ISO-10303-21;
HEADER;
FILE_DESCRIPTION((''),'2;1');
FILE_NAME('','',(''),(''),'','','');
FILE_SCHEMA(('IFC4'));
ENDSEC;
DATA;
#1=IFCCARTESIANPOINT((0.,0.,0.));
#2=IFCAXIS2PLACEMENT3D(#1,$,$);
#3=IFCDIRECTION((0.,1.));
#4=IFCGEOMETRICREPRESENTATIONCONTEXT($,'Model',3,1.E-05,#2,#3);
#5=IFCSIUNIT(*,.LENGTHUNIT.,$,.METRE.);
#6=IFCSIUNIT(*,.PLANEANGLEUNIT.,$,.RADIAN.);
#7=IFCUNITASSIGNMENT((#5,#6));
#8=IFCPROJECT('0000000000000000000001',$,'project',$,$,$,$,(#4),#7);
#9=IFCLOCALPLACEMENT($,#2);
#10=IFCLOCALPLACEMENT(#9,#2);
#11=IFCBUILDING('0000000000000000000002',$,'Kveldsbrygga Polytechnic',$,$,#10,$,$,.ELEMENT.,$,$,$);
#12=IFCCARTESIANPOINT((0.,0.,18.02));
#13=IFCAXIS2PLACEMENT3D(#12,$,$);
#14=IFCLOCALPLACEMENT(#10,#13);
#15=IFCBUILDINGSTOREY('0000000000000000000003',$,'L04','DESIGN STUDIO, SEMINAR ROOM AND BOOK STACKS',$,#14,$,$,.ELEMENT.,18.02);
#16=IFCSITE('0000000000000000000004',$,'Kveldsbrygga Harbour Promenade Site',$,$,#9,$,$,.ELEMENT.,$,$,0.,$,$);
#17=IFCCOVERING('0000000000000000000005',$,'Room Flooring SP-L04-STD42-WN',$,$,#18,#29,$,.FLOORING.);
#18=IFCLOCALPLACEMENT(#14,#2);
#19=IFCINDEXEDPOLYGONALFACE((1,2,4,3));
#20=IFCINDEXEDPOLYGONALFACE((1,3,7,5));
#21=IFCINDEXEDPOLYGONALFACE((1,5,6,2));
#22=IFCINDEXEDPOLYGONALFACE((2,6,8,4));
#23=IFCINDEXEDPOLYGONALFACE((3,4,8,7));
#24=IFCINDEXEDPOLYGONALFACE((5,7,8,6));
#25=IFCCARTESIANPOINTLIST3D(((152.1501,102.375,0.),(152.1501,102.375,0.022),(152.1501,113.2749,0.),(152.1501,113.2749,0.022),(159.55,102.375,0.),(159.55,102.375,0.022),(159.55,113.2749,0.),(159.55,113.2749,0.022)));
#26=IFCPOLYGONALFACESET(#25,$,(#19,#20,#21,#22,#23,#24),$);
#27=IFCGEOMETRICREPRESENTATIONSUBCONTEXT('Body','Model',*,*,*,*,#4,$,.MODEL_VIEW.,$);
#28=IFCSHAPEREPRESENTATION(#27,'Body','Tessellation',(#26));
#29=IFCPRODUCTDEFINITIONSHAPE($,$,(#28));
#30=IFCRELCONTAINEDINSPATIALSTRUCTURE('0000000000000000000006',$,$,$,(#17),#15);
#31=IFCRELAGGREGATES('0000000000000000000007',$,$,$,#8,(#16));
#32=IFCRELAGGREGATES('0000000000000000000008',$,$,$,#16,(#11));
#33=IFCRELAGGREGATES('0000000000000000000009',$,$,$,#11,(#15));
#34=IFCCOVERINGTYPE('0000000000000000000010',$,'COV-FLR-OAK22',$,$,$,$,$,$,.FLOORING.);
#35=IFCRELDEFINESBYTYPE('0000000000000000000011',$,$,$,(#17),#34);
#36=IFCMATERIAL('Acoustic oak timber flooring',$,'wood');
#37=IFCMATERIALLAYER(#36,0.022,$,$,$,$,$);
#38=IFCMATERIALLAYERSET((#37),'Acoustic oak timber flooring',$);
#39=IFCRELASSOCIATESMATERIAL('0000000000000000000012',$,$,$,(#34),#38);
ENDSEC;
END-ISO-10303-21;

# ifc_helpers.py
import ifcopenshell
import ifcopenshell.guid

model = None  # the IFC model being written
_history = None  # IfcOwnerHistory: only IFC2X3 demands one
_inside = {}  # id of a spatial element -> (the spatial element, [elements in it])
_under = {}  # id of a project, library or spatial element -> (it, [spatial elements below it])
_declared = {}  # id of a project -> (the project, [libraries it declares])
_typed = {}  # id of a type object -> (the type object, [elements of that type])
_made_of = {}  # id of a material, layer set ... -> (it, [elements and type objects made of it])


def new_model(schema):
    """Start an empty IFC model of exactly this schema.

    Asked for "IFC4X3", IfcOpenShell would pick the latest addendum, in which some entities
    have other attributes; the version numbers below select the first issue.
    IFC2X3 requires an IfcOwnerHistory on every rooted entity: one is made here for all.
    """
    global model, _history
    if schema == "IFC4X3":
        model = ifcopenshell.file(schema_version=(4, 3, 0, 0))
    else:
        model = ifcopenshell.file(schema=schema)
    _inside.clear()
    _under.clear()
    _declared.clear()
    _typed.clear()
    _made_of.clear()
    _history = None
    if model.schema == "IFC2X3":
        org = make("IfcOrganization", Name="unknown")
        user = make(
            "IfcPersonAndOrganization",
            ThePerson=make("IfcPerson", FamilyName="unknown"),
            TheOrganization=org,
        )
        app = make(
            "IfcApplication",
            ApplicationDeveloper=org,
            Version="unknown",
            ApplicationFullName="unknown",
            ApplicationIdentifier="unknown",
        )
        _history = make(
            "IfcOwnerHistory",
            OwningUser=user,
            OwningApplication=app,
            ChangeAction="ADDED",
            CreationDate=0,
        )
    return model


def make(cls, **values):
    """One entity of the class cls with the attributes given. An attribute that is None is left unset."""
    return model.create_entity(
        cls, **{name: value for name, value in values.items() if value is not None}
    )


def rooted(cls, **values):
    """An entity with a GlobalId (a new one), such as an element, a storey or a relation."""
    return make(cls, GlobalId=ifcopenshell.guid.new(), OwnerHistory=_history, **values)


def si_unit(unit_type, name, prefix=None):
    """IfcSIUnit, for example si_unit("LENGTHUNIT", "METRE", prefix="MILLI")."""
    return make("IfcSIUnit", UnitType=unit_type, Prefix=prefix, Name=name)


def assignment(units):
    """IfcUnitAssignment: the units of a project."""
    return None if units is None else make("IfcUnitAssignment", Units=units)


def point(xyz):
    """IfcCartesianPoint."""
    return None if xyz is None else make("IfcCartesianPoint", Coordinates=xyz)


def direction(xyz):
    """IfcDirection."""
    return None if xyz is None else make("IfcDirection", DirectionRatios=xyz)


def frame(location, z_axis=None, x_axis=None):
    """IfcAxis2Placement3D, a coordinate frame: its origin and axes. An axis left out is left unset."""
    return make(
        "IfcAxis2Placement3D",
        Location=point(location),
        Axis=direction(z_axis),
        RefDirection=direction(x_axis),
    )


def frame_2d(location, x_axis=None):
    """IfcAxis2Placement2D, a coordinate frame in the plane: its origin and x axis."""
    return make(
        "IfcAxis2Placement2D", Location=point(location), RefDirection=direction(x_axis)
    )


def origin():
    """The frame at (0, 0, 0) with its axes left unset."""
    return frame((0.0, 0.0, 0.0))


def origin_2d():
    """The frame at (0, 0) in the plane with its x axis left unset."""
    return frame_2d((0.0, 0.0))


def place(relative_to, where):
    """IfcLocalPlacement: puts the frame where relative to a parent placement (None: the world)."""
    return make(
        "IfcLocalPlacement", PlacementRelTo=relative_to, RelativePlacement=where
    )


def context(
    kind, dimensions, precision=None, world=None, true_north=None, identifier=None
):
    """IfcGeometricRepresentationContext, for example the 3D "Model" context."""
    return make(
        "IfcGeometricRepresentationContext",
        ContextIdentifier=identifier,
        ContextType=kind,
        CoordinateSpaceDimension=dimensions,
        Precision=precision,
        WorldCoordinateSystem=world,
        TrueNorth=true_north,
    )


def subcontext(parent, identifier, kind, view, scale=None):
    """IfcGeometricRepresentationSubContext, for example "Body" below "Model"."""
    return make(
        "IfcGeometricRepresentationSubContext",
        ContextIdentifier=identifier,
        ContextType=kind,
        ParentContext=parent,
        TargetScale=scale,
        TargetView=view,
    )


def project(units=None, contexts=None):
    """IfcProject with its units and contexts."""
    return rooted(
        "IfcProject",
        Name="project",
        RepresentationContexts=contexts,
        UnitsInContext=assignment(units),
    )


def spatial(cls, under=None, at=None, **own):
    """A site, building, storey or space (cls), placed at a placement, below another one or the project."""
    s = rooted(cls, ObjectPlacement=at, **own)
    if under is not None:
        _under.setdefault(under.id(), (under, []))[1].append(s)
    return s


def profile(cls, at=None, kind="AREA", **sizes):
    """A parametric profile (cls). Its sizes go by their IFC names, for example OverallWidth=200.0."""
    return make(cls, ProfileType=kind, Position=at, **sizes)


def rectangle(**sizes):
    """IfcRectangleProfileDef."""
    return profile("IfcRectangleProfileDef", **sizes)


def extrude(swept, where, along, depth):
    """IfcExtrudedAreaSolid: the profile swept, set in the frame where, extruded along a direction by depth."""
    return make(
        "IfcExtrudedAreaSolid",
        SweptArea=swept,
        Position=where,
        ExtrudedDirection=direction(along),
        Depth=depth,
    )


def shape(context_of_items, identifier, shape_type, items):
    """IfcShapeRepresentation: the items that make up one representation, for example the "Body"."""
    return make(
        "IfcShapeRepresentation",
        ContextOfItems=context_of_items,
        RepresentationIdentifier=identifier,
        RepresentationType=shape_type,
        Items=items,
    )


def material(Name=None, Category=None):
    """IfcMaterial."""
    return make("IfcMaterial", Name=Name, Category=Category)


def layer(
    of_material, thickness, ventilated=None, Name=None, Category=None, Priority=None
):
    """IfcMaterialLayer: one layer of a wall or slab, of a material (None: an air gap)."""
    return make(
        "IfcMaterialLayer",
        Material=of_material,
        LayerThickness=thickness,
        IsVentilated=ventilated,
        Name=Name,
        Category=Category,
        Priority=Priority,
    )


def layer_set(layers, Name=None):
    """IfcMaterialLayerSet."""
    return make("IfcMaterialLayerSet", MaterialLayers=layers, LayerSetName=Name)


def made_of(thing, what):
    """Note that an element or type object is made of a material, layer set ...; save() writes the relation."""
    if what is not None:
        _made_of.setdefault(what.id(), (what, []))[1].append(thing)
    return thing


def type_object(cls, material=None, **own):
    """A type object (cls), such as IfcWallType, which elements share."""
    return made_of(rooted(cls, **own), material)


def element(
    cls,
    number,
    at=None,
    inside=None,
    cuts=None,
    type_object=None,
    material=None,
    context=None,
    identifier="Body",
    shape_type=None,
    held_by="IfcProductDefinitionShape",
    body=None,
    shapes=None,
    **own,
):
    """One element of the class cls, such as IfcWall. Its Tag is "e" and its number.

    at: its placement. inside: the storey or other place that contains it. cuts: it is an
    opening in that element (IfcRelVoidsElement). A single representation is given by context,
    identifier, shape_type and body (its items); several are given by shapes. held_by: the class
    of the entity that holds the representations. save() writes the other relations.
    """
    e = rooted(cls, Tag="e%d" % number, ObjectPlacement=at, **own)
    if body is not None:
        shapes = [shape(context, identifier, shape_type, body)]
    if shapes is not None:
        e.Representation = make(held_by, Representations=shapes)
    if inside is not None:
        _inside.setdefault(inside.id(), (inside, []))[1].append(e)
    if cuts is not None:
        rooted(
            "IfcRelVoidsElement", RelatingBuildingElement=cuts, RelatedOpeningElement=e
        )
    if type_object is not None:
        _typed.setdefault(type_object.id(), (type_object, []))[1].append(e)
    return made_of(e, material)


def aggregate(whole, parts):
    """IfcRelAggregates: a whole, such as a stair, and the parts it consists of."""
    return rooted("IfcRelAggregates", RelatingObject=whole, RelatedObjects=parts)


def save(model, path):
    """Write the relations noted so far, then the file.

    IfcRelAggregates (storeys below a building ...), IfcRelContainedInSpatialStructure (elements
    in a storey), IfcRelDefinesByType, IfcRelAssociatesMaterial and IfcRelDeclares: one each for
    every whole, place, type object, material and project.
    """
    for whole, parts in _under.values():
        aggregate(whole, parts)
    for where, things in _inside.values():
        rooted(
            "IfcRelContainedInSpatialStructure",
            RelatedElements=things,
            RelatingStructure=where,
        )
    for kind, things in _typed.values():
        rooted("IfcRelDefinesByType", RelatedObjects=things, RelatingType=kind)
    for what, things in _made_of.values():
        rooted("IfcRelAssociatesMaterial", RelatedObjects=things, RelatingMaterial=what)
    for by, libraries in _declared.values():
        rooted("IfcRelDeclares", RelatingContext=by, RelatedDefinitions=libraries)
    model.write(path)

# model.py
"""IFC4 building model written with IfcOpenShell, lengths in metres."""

from ifc_helpers import new_model, si_unit, direction, frame, origin, origin_2d, place, context, subcontext, project, spatial, rectangle, extrude, material, layer, layer_set, type_object, element, save


model = new_model("IFC4")

# Units and contexts
model_context = context("Model", 3, precision=1e-05, world=origin(), true_north=direction((0.0, 1.0)))
body_context = subcontext(model_context, "Body", "Model", "MODEL_VIEW")
ifc_project = project(units=[si_unit("LENGTHUNIT", "METRE"), si_unit("PLANEANGLEUNIT", "RADIAN")], contexts=[model_context])

# Site, building, storey
site_placement = place(None, origin())
site = spatial("IfcSite", under=ifc_project, at=site_placement, Name="Kveldsbrygga Harbour Promenade Site", CompositionType="ELEMENT", RefElevation=0.0)
building_placement = place(site_placement, origin())
building = spatial("IfcBuilding", under=site, at=building_placement, Name="Kveldsbrygga Polytechnic", CompositionType="ELEMENT")
storey_placement = place(building_placement, frame((0.0, 0.0, 18.02)))
storey = spatial("IfcBuildingStorey", under=building, at=storey_placement, Name="L04", Description="DESIGN STUDIO, SEMINAR ROOM AND BOOK STACKS", CompositionType="ELEMENT", Elevation=18.02)

# Covering
ifc_material_1 = material(Name="Acoustic oak timber flooring", Category="wood")
ifc_layer_1 = layer(ifc_material_1, 0.022)
ifc_layer_set_1 = layer_set([ifc_layer_1], Name="Acoustic oak timber flooring")
covering_type = type_object("IfcCoveringType", Name="COV-FLR-OAK22", PredefinedType="FLOORING", material=ifc_layer_set_1)
covering_placement = place(storey_placement, frame((155.8501, 107.825, 0.0), z_axis=(0.0, 0.0, 1.0), x_axis=(1.0, 0.0, 0.0)))
element("IfcCovering", 1, at=covering_placement, inside=storey, type_object=covering_type, Name="Room Flooring SP-L04-STD42-WN", PredefinedType="FLOORING", context=body_context, shape_type="SweptSolid", body=[
    extrude(rectangle(XDim=7.3999, YDim=10.8999, at=origin_2d()), origin(), (0.0, 0.0, 1.0), 0.022),
])

save(model, "model.ifc")
